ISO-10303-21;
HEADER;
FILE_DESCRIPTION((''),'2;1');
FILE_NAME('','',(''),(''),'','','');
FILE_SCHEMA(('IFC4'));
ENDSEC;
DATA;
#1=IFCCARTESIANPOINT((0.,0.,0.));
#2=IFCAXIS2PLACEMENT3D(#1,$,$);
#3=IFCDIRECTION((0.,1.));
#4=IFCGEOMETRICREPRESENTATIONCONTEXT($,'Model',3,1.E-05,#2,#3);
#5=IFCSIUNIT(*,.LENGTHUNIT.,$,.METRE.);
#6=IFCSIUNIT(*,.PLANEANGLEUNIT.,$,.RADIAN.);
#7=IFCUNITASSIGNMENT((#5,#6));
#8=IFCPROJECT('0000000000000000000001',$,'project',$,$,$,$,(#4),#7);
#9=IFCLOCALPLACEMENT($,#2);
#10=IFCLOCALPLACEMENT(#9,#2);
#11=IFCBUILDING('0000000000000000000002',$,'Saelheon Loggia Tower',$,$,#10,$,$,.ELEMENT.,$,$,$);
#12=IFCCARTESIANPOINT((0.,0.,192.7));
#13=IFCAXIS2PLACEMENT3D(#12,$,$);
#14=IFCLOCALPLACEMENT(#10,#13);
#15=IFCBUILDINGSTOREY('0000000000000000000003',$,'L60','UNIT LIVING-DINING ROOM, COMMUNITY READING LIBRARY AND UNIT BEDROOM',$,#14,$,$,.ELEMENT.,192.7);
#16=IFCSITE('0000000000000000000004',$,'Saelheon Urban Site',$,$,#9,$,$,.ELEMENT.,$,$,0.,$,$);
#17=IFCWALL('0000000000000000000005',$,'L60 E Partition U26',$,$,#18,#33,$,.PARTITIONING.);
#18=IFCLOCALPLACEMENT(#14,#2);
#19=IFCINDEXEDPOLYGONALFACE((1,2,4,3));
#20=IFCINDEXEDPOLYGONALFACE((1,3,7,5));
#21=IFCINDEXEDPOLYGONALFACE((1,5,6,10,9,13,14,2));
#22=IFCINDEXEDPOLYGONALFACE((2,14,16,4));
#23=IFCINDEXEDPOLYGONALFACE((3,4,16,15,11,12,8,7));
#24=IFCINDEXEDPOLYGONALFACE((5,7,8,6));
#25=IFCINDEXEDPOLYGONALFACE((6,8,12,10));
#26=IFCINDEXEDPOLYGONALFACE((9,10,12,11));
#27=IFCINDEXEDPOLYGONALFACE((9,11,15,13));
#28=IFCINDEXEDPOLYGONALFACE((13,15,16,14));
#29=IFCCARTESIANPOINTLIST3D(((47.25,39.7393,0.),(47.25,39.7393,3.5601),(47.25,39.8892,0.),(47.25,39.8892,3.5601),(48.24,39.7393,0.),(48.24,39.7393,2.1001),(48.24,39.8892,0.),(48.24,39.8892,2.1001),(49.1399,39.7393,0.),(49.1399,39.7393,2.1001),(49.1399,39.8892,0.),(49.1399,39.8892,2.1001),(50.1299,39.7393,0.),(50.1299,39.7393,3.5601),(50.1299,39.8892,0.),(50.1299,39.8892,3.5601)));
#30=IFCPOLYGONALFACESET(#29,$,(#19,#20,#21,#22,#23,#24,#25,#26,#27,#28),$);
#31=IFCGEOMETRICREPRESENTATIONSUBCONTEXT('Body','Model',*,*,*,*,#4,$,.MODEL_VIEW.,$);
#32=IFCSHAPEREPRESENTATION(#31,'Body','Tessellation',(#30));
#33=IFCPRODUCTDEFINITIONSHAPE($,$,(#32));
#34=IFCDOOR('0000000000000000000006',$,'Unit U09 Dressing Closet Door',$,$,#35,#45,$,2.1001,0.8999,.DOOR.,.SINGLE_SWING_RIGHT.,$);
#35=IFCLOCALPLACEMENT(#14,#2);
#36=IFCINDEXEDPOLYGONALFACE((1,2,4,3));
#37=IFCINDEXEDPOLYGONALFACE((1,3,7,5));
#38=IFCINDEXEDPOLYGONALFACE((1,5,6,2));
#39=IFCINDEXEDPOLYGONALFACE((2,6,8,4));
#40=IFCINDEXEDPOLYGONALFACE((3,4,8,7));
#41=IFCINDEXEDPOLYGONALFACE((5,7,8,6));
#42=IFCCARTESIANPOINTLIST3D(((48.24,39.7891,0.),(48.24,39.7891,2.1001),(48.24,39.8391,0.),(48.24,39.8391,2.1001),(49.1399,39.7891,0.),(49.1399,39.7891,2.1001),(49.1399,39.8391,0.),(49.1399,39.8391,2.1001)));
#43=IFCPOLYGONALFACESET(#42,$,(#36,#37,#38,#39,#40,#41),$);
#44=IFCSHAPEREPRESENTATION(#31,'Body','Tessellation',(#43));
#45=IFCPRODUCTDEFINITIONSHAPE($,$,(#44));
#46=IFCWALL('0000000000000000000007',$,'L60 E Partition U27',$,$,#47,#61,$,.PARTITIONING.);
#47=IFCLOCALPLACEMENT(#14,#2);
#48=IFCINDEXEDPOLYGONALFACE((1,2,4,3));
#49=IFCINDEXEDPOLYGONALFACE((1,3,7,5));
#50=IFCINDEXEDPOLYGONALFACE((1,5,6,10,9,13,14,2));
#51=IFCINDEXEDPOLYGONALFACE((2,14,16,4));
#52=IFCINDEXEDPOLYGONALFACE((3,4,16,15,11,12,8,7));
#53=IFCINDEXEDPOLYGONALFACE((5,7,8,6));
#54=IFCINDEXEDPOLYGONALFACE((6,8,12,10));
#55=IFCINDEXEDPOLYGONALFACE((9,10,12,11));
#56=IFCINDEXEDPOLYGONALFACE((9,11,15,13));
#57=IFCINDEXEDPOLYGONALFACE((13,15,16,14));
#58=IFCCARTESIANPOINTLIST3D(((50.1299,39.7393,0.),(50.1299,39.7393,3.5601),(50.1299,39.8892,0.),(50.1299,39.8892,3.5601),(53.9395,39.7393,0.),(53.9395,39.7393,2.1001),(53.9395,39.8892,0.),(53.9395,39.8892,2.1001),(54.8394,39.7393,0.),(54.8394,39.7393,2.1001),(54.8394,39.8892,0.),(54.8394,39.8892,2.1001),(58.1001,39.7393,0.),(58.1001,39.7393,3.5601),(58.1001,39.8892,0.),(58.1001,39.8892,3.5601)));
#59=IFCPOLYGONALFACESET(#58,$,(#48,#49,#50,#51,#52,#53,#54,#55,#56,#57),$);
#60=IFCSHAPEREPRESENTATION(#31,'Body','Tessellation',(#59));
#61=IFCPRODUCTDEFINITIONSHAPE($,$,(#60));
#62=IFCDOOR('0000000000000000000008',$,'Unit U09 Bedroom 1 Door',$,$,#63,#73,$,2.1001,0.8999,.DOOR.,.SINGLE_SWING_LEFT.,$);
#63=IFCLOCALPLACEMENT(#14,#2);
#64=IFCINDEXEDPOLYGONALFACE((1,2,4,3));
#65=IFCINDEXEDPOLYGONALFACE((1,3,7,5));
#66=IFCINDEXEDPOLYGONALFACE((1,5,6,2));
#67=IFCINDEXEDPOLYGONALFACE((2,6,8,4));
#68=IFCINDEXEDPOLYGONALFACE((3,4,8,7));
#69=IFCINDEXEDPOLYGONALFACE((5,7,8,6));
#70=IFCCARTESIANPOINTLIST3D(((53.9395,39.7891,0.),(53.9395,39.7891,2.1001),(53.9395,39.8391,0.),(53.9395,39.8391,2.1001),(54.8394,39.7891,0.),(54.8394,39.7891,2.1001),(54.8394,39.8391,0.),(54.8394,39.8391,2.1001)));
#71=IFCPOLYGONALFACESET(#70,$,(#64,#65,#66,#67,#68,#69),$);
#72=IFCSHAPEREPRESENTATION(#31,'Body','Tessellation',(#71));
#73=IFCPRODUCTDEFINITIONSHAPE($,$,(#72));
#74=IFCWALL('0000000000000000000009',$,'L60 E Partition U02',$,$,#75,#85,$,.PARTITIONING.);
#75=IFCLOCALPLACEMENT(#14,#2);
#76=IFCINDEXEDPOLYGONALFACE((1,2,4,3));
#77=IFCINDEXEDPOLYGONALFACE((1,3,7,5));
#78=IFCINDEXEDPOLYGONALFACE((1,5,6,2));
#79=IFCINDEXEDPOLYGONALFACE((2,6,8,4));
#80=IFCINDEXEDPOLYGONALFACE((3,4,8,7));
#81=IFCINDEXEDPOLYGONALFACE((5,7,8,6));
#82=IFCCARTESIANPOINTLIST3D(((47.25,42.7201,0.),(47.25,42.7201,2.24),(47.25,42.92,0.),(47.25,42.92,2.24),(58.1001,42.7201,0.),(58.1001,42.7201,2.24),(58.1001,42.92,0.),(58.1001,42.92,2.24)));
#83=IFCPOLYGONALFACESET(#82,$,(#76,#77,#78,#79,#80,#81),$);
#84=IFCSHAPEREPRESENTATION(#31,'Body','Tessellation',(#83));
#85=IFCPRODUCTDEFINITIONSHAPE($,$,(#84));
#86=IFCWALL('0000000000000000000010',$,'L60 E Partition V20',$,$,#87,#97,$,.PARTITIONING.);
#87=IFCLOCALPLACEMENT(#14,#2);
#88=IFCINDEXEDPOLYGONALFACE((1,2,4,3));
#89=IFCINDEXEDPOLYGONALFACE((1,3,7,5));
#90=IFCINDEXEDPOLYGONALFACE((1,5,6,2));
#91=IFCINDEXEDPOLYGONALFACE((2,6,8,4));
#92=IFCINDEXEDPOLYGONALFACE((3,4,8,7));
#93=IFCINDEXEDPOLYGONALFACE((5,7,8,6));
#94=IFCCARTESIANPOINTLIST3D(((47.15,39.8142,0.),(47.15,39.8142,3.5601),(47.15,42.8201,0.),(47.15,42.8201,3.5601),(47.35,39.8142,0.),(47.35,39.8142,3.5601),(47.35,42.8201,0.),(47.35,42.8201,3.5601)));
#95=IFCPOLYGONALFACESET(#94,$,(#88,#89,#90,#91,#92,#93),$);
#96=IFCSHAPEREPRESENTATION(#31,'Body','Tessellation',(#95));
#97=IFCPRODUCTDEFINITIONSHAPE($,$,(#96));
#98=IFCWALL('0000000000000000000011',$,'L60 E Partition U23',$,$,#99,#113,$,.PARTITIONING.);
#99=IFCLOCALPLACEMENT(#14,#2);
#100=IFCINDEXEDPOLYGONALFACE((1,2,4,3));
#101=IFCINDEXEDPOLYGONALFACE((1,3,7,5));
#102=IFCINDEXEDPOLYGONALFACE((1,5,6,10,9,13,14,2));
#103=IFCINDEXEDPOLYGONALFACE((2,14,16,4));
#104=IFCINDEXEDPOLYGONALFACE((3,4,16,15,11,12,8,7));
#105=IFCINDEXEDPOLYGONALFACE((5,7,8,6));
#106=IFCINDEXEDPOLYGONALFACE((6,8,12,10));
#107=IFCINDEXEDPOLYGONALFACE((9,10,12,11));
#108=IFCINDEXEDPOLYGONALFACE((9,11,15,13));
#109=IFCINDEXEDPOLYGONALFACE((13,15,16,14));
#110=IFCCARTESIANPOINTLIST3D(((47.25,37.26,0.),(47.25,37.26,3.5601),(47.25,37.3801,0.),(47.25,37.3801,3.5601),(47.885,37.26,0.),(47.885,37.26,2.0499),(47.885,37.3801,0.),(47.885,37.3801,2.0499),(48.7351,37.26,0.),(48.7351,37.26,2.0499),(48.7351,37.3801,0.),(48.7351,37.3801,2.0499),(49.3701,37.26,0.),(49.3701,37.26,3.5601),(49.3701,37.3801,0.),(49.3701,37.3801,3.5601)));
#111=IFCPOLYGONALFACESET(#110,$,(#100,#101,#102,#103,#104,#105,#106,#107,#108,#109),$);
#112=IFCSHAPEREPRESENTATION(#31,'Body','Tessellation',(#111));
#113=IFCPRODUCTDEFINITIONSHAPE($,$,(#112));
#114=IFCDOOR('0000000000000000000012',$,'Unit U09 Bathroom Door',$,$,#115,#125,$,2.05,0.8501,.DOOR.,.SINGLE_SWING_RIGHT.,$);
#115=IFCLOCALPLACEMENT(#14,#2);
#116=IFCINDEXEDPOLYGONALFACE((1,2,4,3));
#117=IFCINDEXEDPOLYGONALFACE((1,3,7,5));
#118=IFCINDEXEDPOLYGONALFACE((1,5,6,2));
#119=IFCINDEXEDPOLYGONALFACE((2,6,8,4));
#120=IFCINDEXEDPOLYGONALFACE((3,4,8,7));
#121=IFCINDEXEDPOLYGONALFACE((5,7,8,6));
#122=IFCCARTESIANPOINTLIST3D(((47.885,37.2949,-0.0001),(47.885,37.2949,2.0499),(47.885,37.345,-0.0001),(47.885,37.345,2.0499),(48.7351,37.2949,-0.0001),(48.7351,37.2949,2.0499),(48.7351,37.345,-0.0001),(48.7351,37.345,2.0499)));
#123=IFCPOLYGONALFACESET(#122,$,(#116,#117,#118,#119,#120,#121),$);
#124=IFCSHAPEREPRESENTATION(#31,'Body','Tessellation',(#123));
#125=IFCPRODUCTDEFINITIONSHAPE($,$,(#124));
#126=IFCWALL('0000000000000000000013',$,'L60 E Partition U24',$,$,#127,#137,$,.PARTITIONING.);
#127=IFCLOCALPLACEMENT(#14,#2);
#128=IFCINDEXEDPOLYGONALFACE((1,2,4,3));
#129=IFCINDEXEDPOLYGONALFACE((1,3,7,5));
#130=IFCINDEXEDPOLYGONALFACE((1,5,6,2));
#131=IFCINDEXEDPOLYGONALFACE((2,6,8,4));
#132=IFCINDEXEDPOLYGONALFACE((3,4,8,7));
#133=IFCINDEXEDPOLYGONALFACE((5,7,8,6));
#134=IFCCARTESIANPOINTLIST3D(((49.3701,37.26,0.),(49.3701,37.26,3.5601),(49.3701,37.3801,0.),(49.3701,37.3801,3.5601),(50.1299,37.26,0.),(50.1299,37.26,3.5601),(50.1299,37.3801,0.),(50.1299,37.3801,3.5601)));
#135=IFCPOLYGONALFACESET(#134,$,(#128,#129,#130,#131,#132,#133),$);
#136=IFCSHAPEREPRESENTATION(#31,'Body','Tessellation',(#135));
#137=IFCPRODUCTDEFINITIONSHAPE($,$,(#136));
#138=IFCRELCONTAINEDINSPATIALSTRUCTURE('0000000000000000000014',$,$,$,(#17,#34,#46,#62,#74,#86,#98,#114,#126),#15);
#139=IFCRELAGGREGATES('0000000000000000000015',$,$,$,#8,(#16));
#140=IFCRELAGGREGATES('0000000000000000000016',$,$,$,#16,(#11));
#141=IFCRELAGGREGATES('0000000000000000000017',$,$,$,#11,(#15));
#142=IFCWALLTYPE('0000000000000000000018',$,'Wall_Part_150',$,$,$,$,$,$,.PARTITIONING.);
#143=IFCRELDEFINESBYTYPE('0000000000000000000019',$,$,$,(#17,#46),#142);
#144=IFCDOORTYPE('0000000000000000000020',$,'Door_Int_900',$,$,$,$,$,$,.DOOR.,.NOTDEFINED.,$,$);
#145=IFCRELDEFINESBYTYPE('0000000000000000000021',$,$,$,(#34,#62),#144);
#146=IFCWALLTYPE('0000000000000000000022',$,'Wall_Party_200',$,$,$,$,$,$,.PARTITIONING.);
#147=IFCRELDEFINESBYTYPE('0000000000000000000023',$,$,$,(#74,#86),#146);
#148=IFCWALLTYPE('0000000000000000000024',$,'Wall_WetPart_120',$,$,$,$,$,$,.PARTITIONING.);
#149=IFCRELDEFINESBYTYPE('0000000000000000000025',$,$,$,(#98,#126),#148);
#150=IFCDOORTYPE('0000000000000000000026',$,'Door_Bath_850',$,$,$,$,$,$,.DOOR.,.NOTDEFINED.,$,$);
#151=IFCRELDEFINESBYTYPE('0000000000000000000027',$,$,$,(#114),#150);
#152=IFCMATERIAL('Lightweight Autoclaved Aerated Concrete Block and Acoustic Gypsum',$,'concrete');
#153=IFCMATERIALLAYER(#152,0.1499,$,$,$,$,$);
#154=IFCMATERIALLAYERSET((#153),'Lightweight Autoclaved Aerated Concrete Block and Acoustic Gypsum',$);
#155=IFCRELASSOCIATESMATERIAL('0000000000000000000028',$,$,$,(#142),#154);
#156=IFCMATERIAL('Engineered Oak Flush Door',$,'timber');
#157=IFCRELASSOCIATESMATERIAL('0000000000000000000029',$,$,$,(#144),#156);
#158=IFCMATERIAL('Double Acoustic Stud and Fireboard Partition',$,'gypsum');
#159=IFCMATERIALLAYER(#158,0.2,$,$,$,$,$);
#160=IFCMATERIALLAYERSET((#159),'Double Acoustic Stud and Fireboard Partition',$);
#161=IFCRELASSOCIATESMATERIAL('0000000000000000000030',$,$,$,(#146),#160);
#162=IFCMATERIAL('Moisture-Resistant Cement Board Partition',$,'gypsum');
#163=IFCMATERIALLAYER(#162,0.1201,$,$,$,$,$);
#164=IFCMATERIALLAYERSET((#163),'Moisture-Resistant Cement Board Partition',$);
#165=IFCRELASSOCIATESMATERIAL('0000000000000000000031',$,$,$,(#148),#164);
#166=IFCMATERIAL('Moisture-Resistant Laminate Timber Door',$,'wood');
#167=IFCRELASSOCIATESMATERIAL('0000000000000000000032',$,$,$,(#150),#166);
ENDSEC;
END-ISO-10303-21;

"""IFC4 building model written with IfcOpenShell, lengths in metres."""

from ifc_helpers import new_model, si_unit, direction, frame, frame_2d, origin, place, context, subcontext, project, spatial, rectangle, extrude, source, transform, mapped, material, layer, layer_set, type_object, element, fill, save


model = new_model("IFC4")

# Units and contexts
model_context = context("Model", 3, precision=1e-05, world=origin(), true_north=direction((0.0, 1.0)))
body_context = subcontext(model_context, "Body", "Model", "MODEL_VIEW")
ifc_project = project(units=[si_unit("LENGTHUNIT", "METRE"), si_unit("PLANEANGLEUNIT", "RADIAN")], contexts=[model_context])

# Site, building, storey
site_placement = place(None, origin())
site = spatial("IfcSite", under=ifc_project, at=site_placement, Name="Saelheon Urban Site", CompositionType="ELEMENT", RefElevation=0.0)
building_placement = place(site_placement, origin())
building = spatial("IfcBuilding", under=site, at=building_placement, Name="Saelheon Loggia Tower", CompositionType="ELEMENT")
storey_placement = place(building_placement, frame((0.0, 0.0, 192.7)))
storey = spatial("IfcBuildingStorey", under=building, at=storey_placement, Name="L60", Description="UNIT LIVING-DINING ROOM, COMMUNITY READING LIBRARY AND UNIT BEDROOM", CompositionType="ELEMENT", Elevation=192.7)

# Shared definitions
ifc_material_1 = material(Name="Lightweight Autoclaved Aerated Concrete Block and Acoustic Gypsum", Category="concrete")
ifc_layer_1 = layer(ifc_material_1, 0.1499)
ifc_layer_set_1 = layer_set([ifc_layer_1], Name="Lightweight Autoclaved Aerated Concrete Block and Acoustic Gypsum")
wall_type_1 = type_object("IfcWallType", Name="Wall_Part_150", PredefinedType="PARTITIONING", material=ifc_layer_set_1)
ifc_material_2 = material(Name="Engineered Oak Flush Door", Category="timber")
door_type_1 = type_object("IfcDoorType", Name="Door_Int_900", OperationType="NOTDEFINED", PredefinedType="DOOR", material=ifc_material_2)
shared_shape_1 = source(origin(), body_context, "Body", "SweptSolid", [
    extrude(rectangle(XDim=0.8999, YDim=2.1001, at=frame_2d((0.45, 1.05))), frame((0.0, 0.0249, 0.0), z_axis=(0.0, -1.0, 0.0), x_axis=(1.0, 0.0, 0.0)), (0.0, 0.0, 1.0), 0.05),
])

# Walls, openings, doors
wall_1_placement = place(storey_placement, frame((47.25, 39.8142, 0.0), z_axis=(0.0, 0.0, 1.0), x_axis=(1.0, 0.0, 0.0)))
wall_1 = element("IfcWall", 1, at=wall_1_placement, inside=storey, type_object=wall_type_1, Name="L60 E Partition U26", PredefinedType="PARTITIONING", context=body_context, shape_type="SweptSolid", body=[
    extrude(rectangle(XDim=2.8799, YDim=0.1499, at=frame_2d((1.4399, 0.0))), origin(), (0.0, 0.0, 1.0), 3.5601),
])
opening_1_placement = place(wall_1_placement, frame((0.99, 0.0, 0.0)))
opening_1 = element("IfcOpeningElement", 2, at=opening_1_placement, cuts=wall_1, PredefinedType="OPENING", context=body_context, shape_type="SweptSolid", body=[
    extrude(rectangle(XDim=0.8999, YDim=2.1001, at=frame_2d((0.45, 1.05))), frame((0.0, 0.0869, 0.0), z_axis=(0.0, -1.0, 0.0), x_axis=(1.0, 0.0, 0.0)), (0.0, 0.0, 1.0), 0.1738),
])
door_1_placement = place(opening_1_placement, origin())
door_1 = element("IfcDoor", 3, at=door_1_placement, inside=storey, type_object=door_type_1, Name="Unit U09 Dressing Closet Door", OperationType="SINGLE_SWING_RIGHT", OverallHeight=2.1001, OverallWidth=0.8999, PredefinedType="DOOR", context=body_context, shape_type="MappedRepresentation", body=[
    mapped(shared_shape_1, transform((0.0, 0.0, 0.0), scale=1.0)),
])
fill(opening_1, door_1)
wall_2_placement = place(storey_placement, frame((50.1299, 39.8142, 0.0), z_axis=(0.0, 0.0, 1.0), x_axis=(1.0, 0.0, 0.0)))
wall_2 = element("IfcWall", 4, at=wall_2_placement, inside=storey, type_object=wall_type_1, Name="L60 E Partition U27", PredefinedType="PARTITIONING", context=body_context, shape_type="SweptSolid", body=[
    extrude(rectangle(XDim=7.9702, YDim=0.1499, at=frame_2d((3.9851, 0.0))), origin(), (0.0, 0.0, 1.0), 3.5601),
])
opening_2_placement = place(wall_2_placement, frame((3.8096, 0.0, 0.0)))
opening_2 = element("IfcOpeningElement", 5, at=opening_2_placement, cuts=wall_2, PredefinedType="OPENING", context=body_context, shape_type="SweptSolid", body=[
    extrude(rectangle(XDim=0.8999, YDim=2.1001, at=frame_2d((0.45, 1.05))), frame((0.0, 0.0869, 0.0), z_axis=(0.0, -1.0, 0.0), x_axis=(1.0, 0.0, 0.0)), (0.0, 0.0, 1.0), 0.1738),
])
door_2_placement = place(opening_2_placement, origin())
door_2 = element("IfcDoor", 6, at=door_2_placement, inside=storey, type_object=door_type_1, Name="Unit U09 Bedroom 1 Door", OperationType="SINGLE_SWING_LEFT", OverallHeight=2.1001, OverallWidth=0.8999, PredefinedType="DOOR", context=body_context, shape_type="MappedRepresentation", body=[
    mapped(shared_shape_1, transform((0.0, 0.0, 0.0), scale=1.0)),
])
fill(opening_2, door_2)

# Walls
ifc_material_3 = material(Name="Double Acoustic Stud and Fireboard Partition", Category="gypsum")
ifc_layer_2 = layer(ifc_material_3, 0.2)
ifc_layer_set_2 = layer_set([ifc_layer_2], Name="Double Acoustic Stud and Fireboard Partition")
wall_type_2 = type_object("IfcWallType", Name="Wall_Party_200", PredefinedType="PARTITIONING", material=ifc_layer_set_2)
wall_3_placement = place(storey_placement, frame((47.25, 42.8201, 0.0), z_axis=(0.0, 0.0, 1.0), x_axis=(1.0, 0.0, 0.0)))
element("IfcWall", 7, at=wall_3_placement, inside=storey, type_object=wall_type_2, Name="L60 E Partition U02", PredefinedType="PARTITIONING", context=body_context, shape_type="SweptSolid", body=[
    extrude(rectangle(XDim=10.8501, YDim=0.2, at=frame_2d((5.425, 0.0))), origin(), (0.0, 0.0, 1.0), 2.24),
])
wall_4_placement = place(storey_placement, frame((47.25, 39.8142, 0.0), z_axis=(0.0, 0.0, 1.0), x_axis=(0.0, 1.0, 0.0)))
element("IfcWall", 8, at=wall_4_placement, inside=storey, type_object=wall_type_2, Name="L60 E Partition V20", PredefinedType="PARTITIONING", context=body_context, shape_type="SweptSolid", body=[
    extrude(rectangle(XDim=3.0059, YDim=0.2, at=frame_2d((1.5029, 0.0))), origin(), (0.0, 0.0, 1.0), 3.5601),
])

# Wall, opening, door
ifc_material_4 = material(Name="Moisture-Resistant Cement Board Partition", Category="gypsum")
ifc_layer_3 = layer(ifc_material_4, 0.1201)
ifc_layer_set_3 = layer_set([ifc_layer_3], Name="Moisture-Resistant Cement Board Partition")
wall_type_3 = type_object("IfcWallType", Name="Wall_WetPart_120", PredefinedType="PARTITIONING", material=ifc_layer_set_3)
wall_5_placement = place(storey_placement, frame((47.25, 37.3201, 0.0), z_axis=(0.0, 0.0, 1.0), x_axis=(1.0, 0.0, 0.0)))
wall_5 = element("IfcWall", 9, at=wall_5_placement, inside=storey, type_object=wall_type_3, Name="L60 E Partition U23", PredefinedType="PARTITIONING", context=body_context, shape_type="SweptSolid", body=[
    extrude(rectangle(XDim=2.1201, YDim=0.1201, at=frame_2d((1.0601, 0.0))), origin(), (0.0, 0.0, 1.0), 3.5601),
])
opening_3_placement = place(wall_5_placement, frame((0.635, 0.0, 0.0)))
opening_3 = element("IfcOpeningElement", 10, at=opening_3_placement, cuts=wall_5, PredefinedType="OPENING", context=body_context, shape_type="SweptSolid", body=[
    extrude(rectangle(XDim=0.8501, YDim=2.05, at=frame_2d((0.425, 1.0249))), frame((0.0, 0.072, 0.0), z_axis=(0.0, -1.0, 0.0), x_axis=(1.0, 0.0, 0.0)), (0.0, 0.0, 1.0), 0.144),
])
ifc_material_5 = material(Name="Moisture-Resistant Laminate Timber Door", Category="wood")
door_type_2 = type_object("IfcDoorType", Name="Door_Bath_850", OperationType="NOTDEFINED", PredefinedType="DOOR", material=ifc_material_5)
shared_shape_2 = source(origin(), body_context, "Body", "SweptSolid", [
    extrude(rectangle(XDim=0.8501, YDim=2.05, at=frame_2d((0.425, 1.0249))), frame((0.0, 0.0249, 0.0), z_axis=(0.0, -1.0, 0.0), x_axis=(1.0, 0.0, 0.0)), (0.0, 0.0, 1.0), 0.05),
])
door_3_placement = place(opening_3_placement, origin())
door_3 = element("IfcDoor", 11, at=door_3_placement, inside=storey, type_object=door_type_2, Name="Unit U09 Bathroom Door", OperationType="SINGLE_SWING_RIGHT", OverallHeight=2.05, OverallWidth=0.8501, PredefinedType="DOOR", context=body_context, shape_type="MappedRepresentation", body=[
    mapped(shared_shape_2, transform((0.0, 0.0, 0.0), scale=1.0)),
])
fill(opening_3, door_3)

# Wall
wall_6_placement = place(storey_placement, frame((49.3701, 37.3201, 0.0), z_axis=(0.0, 0.0, 1.0), x_axis=(1.0, 0.0, 0.0)))
element("IfcWall", 12, at=wall_6_placement, inside=storey, type_object=wall_type_3, Name="L60 E Partition U24", PredefinedType="PARTITIONING", context=body_context, shape_type="SweptSolid", body=[
    extrude(rectangle(XDim=0.7598, YDim=0.1201, at=frame_2d((0.3799, 0.0))), origin(), (0.0, 0.0, 1.0), 3.5601),
])

save(model, "model.ifc")
